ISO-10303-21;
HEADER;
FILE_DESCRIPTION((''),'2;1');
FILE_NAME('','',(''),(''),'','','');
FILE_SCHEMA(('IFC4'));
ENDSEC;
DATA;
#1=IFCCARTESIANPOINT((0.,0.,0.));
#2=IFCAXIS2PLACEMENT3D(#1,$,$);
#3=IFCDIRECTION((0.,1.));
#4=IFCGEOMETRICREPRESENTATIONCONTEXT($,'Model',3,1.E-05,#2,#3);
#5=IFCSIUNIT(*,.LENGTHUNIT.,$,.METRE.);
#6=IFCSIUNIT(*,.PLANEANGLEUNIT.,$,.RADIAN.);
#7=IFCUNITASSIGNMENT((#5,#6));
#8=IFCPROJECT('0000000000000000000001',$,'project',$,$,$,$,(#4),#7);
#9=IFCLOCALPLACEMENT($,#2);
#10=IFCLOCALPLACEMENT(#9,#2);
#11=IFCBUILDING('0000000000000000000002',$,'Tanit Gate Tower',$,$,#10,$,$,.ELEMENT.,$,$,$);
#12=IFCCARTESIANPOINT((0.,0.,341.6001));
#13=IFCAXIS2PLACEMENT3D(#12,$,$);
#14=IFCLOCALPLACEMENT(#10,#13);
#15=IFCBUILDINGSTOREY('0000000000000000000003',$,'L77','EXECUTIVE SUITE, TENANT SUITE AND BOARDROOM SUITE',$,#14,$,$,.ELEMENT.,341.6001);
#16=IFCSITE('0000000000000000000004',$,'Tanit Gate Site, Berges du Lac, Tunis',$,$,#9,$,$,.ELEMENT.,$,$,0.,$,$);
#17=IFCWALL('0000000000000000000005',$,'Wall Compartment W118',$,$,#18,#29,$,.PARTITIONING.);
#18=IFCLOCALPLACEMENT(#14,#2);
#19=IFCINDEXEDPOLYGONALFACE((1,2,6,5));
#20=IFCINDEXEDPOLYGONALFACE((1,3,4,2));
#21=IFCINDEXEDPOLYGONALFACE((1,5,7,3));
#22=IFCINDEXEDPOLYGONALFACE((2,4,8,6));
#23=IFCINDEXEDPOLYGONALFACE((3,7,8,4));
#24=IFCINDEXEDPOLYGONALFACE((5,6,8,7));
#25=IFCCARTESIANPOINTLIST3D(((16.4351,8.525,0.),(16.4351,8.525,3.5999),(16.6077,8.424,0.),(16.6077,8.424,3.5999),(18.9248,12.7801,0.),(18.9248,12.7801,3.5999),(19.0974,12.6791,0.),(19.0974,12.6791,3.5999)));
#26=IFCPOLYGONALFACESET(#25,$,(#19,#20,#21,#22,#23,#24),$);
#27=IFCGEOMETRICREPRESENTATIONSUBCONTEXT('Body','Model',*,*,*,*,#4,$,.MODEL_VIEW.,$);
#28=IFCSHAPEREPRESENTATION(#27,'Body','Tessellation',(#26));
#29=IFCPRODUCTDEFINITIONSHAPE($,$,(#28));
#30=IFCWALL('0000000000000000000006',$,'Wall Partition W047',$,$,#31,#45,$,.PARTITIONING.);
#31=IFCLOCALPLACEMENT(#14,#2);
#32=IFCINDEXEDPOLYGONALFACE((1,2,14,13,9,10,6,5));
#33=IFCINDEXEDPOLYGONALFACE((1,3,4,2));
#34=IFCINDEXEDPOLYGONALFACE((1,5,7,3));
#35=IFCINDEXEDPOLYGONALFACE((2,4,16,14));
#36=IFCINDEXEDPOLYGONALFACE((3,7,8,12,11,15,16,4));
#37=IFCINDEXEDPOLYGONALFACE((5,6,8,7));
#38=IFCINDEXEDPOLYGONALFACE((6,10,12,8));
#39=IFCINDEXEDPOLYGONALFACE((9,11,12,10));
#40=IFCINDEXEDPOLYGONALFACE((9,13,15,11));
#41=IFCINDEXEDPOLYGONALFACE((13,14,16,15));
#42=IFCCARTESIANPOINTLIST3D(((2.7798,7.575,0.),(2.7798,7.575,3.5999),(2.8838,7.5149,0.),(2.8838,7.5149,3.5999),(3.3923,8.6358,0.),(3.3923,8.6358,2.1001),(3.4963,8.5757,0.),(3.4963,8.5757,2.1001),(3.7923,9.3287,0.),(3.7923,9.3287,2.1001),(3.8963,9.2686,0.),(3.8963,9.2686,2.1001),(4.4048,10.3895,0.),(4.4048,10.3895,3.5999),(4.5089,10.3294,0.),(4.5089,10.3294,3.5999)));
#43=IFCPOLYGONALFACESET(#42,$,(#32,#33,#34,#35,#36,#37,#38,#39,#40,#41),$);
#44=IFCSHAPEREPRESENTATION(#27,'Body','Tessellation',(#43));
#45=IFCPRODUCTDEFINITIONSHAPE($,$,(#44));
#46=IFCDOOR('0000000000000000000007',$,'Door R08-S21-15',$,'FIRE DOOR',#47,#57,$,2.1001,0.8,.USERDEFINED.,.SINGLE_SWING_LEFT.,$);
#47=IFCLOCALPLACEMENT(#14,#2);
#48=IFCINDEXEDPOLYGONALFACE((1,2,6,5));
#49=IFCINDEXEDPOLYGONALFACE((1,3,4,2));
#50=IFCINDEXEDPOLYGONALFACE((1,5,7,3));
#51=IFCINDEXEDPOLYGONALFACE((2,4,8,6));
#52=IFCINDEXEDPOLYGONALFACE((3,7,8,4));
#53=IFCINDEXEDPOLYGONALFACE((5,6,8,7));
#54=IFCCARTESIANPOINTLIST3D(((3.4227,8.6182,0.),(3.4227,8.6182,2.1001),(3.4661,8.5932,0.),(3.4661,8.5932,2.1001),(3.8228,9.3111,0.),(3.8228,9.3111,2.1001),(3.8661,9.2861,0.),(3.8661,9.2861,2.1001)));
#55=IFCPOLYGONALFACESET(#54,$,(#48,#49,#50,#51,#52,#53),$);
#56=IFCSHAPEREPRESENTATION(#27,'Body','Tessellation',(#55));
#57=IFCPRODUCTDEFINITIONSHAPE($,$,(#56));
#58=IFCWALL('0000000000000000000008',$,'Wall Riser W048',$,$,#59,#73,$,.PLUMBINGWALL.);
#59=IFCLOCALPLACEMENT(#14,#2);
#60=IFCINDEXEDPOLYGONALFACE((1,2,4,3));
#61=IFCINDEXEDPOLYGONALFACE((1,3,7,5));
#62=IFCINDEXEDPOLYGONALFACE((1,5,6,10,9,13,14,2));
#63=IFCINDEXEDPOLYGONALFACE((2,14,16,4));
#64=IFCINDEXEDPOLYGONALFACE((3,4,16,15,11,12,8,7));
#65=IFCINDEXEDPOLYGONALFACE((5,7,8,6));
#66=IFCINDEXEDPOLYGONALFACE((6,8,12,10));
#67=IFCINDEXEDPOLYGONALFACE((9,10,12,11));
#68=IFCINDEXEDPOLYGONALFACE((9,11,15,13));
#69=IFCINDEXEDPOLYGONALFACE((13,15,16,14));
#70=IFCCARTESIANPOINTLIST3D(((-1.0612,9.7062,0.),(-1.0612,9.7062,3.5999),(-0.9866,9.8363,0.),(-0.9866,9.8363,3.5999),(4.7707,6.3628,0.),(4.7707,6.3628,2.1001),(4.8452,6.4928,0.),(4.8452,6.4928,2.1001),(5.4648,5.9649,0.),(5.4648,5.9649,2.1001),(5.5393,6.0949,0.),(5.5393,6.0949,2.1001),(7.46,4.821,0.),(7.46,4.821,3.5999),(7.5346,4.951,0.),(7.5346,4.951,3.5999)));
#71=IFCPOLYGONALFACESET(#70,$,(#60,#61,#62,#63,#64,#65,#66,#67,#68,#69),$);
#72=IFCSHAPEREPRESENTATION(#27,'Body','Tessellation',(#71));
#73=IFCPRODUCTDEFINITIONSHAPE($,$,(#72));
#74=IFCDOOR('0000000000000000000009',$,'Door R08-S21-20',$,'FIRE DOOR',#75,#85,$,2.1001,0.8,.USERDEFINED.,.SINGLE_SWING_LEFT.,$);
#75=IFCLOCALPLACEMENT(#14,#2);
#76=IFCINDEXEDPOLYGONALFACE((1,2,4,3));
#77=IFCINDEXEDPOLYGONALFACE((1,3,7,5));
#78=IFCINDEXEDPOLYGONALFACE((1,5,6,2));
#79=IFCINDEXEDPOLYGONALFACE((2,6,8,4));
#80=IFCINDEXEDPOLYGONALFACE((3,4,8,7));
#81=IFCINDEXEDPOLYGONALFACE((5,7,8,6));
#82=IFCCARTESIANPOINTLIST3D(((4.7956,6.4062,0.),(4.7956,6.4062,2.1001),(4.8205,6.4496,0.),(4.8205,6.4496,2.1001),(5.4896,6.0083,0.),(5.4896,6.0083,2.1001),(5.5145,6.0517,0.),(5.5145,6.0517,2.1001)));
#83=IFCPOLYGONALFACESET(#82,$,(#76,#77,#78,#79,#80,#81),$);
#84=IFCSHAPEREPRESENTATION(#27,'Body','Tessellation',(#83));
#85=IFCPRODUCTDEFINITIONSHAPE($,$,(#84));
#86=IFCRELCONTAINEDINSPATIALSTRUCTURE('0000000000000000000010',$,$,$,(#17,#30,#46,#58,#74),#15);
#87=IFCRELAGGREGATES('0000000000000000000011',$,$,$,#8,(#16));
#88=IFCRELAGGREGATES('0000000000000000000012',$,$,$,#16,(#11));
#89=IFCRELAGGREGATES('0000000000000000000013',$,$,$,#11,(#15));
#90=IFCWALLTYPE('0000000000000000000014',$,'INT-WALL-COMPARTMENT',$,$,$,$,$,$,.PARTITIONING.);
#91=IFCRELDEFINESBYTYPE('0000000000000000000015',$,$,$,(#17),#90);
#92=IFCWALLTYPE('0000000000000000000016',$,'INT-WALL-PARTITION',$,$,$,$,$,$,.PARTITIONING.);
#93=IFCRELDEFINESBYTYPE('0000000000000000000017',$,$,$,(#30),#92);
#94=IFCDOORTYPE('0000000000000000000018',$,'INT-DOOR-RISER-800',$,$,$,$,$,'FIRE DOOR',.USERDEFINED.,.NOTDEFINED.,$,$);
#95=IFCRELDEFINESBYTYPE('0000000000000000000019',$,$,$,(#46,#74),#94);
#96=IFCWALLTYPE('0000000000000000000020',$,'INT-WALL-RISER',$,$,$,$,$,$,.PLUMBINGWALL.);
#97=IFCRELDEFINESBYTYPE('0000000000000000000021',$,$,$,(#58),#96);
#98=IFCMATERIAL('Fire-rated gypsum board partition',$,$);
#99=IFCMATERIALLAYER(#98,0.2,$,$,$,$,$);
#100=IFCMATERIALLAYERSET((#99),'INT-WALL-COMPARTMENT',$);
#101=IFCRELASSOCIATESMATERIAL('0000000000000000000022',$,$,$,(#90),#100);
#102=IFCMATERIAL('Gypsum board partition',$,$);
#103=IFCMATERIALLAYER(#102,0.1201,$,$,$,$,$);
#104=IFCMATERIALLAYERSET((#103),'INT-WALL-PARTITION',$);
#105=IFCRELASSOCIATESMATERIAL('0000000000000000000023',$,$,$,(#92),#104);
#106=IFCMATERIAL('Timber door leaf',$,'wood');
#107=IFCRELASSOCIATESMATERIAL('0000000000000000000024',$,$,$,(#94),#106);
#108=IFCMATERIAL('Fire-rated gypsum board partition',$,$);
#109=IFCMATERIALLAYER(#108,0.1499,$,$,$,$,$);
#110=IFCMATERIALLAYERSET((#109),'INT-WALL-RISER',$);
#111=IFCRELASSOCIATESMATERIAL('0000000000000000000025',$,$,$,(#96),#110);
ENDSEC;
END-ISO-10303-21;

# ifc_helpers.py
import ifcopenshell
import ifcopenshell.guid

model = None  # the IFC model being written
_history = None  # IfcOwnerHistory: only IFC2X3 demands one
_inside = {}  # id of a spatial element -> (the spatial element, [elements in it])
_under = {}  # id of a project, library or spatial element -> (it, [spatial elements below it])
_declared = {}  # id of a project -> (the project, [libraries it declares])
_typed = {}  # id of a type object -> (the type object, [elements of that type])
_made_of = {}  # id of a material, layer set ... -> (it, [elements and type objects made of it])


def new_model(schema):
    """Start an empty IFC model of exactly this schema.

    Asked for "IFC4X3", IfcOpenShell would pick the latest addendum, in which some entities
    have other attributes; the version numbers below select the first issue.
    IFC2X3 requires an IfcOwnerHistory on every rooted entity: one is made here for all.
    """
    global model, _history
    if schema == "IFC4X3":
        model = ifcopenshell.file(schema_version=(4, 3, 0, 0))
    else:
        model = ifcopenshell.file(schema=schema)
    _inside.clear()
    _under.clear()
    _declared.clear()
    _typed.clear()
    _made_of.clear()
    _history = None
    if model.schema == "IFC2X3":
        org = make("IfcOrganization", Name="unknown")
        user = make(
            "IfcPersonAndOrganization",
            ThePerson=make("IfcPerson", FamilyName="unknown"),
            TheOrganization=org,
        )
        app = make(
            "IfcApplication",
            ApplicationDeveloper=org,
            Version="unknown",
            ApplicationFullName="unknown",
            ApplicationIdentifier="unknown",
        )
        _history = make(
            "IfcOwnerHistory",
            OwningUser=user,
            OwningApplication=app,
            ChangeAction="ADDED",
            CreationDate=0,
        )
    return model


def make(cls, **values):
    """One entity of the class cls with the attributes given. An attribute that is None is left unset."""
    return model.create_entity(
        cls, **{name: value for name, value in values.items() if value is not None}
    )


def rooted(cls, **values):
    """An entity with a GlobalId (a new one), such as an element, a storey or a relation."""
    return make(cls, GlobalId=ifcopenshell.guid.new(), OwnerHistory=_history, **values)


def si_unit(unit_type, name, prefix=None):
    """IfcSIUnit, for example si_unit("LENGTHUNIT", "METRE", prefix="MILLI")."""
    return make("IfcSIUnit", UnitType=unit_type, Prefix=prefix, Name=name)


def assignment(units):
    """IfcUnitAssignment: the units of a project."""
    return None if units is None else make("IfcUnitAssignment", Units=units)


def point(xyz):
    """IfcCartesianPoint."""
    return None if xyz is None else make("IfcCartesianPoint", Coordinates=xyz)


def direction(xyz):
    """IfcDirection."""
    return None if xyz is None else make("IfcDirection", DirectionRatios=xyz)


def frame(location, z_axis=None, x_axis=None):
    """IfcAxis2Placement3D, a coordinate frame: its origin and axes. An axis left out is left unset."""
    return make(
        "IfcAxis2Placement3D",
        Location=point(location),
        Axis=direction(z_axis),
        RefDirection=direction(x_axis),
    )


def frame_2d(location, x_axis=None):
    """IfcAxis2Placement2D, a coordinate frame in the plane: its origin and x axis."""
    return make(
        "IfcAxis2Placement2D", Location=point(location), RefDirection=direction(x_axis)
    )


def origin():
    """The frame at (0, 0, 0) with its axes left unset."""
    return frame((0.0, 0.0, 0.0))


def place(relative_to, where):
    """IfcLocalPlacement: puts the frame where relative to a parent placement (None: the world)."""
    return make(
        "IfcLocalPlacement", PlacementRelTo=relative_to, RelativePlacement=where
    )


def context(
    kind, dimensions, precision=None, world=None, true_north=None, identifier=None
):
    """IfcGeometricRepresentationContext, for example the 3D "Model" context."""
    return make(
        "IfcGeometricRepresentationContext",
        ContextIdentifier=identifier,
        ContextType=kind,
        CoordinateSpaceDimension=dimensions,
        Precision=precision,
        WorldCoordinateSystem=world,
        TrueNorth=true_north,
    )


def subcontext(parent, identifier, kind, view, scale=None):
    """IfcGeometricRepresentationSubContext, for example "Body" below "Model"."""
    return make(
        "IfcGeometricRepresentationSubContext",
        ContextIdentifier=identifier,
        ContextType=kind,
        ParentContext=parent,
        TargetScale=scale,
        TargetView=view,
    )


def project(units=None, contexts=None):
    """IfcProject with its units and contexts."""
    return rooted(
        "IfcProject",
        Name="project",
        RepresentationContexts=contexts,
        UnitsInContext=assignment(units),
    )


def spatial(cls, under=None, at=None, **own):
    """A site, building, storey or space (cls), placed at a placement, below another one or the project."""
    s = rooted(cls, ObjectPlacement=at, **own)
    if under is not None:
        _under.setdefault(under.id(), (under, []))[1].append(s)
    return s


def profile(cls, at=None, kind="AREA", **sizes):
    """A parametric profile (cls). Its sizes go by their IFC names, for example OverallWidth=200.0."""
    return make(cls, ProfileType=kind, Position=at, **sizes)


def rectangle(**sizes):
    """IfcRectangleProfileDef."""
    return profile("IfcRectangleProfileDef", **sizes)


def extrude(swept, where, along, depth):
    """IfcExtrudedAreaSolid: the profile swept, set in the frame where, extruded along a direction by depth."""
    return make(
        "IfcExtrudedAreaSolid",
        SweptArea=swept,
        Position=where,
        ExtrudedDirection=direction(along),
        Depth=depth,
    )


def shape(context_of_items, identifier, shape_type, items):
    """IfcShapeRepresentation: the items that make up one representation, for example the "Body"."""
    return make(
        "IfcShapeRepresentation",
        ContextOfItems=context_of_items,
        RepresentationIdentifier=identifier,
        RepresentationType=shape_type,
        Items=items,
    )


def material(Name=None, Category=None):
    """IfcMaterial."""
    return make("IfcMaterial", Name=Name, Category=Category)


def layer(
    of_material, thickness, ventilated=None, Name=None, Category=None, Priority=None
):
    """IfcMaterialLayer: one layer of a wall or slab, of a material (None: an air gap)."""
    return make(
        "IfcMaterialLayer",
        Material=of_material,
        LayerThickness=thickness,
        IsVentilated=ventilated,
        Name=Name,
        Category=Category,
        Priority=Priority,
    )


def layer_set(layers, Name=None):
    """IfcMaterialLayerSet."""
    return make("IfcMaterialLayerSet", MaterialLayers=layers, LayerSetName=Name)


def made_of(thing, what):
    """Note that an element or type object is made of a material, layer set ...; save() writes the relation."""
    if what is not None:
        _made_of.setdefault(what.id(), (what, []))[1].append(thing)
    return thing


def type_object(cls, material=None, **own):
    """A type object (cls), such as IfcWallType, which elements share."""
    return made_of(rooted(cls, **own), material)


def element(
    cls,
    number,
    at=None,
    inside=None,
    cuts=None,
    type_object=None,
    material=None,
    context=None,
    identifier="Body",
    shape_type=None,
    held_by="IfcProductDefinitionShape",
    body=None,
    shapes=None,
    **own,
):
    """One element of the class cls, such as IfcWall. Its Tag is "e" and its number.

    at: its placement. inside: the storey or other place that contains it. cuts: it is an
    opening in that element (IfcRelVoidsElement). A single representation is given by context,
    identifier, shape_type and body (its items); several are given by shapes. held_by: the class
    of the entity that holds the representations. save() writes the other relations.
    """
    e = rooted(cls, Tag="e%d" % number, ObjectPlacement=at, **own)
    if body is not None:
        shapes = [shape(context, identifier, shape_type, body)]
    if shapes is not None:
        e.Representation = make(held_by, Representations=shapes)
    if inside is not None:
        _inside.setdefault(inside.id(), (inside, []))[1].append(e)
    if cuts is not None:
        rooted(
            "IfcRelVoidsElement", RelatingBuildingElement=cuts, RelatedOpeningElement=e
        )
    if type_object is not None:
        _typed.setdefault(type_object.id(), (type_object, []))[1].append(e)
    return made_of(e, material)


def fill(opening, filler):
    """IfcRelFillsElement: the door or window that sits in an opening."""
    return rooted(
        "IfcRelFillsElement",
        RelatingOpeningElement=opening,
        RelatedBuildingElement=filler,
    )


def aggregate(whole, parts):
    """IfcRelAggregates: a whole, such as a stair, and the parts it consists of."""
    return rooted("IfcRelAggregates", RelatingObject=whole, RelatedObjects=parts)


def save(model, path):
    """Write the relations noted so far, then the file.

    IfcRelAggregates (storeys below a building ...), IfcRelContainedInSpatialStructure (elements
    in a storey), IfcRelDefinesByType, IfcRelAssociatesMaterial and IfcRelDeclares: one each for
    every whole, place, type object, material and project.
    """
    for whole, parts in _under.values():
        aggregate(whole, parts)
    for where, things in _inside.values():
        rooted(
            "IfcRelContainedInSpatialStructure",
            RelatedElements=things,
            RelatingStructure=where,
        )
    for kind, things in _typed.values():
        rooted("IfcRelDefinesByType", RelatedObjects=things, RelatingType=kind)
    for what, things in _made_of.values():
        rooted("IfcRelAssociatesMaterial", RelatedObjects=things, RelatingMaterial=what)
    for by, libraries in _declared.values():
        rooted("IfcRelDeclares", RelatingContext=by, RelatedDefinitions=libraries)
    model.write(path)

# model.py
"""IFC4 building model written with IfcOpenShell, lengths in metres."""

from ifc_helpers import new_model, si_unit, direction, frame, frame_2d, origin, place, context, subcontext, project, spatial, rectangle, extrude, material, layer, layer_set, type_object, element, fill, save


model = new_model("IFC4")

# Units and contexts
model_context = context("Model", 3, precision=1e-05, world=origin(), true_north=direction((0.0, 1.0)))
body_context = subcontext(model_context, "Body", "Model", "MODEL_VIEW")
ifc_project = project(units=[si_unit("LENGTHUNIT", "METRE"), si_unit("PLANEANGLEUNIT", "RADIAN")], contexts=[model_context])

# Site, building, storey
site_placement = place(None, origin())
site = spatial("IfcSite", under=ifc_project, at=site_placement, Name="Tanit Gate Site, Berges du Lac, Tunis", CompositionType="ELEMENT", RefElevation=0.0)
building_placement = place(site_placement, origin())
building = spatial("IfcBuilding", under=site, at=building_placement, Name="Tanit Gate Tower", CompositionType="ELEMENT")
storey_placement = place(building_placement, frame((0.0, 0.0, 341.6001)))
storey = spatial("IfcBuildingStorey", under=building, at=storey_placement, Name="L77", Description="EXECUTIVE SUITE, TENANT SUITE AND BOARDROOM SUITE", CompositionType="ELEMENT", Elevation=341.6001)

# Shared definitions
ifc_material_1 = material(Name="Fire-rated gypsum board partition")
ifc_layer_1 = layer(ifc_material_1, 0.2)
ifc_layer_set_1 = layer_set([ifc_layer_1], Name="INT-WALL-COMPARTMENT")
wall_type_1 = type_object("IfcWallType", Name="INT-WALL-COMPARTMENT", PredefinedType="PARTITIONING", material=ifc_layer_set_1)

# Wall
wall_1_placement = place(storey_placement, frame((16.5215, 8.4746, 0.0), z_axis=(0.0, 0.0, 1.0), x_axis=(0.505019, 0.863108, 0.0)))
element("IfcWall", 1, at=wall_1_placement, inside=storey, type_object=wall_type_1, Name="Wall Compartment W118", PredefinedType="PARTITIONING", context=body_context, shape_type="SweptSolid", body=[
    extrude(rectangle(XDim=4.9299, YDim=0.2, at=frame_2d((2.4648, 0.0))), origin(), (0.0, 0.0, 1.0), 3.5999),
])

# Walls, openings, doors
ifc_material_2 = material(Name="Gypsum board partition")
ifc_layer_2 = layer(ifc_material_2, 0.1201)
ifc_layer_set_2 = layer_set([ifc_layer_2], Name="INT-WALL-PARTITION")
wall_type_2 = type_object("IfcWallType", Name="INT-WALL-PARTITION", PredefinedType="PARTITIONING", material=ifc_layer_set_2)
wall_2_placement = place(storey_placement, frame((2.8318, 7.5449, 0.0), z_axis=(0.0, 0.0, 1.0), x_axis=(0.500017, 0.866015, 0.0)))
wall_2 = element("IfcWall", 2, at=wall_2_placement, inside=storey, type_object=wall_type_2, Name="Wall Partition W047", PredefinedType="PARTITIONING", context=body_context, shape_type="SweptSolid", body=[
    extrude(rectangle(XDim=3.25, YDim=0.1201, at=frame_2d((1.625, 0.0))), origin(), (0.0, 0.0, 1.0), 3.5999),
])
opening_1_placement = place(wall_2_placement, frame((1.2251, 0.0, 0.0)))
opening_1 = element("IfcOpeningElement", 3, at=opening_1_placement, cuts=wall_2, PredefinedType="OPENING", context=body_context, shape_type="SweptSolid", body=[
    extrude(rectangle(XDim=0.8, YDim=2.1001, at=frame_2d((0.3999, 1.05))), frame((0.0, 0.0701, 0.0), z_axis=(0.0, -1.0, 0.0), x_axis=(1.0, 0.0, 0.0)), (0.0, 0.0, 1.0), 0.1401),
])
ifc_material_3 = material(Name="Timber door leaf", Category="wood")
door_type_1 = type_object("IfcDoorType", Name="INT-DOOR-RISER-800", ElementType="FIRE DOOR", OperationType="NOTDEFINED", PredefinedType="USERDEFINED", material=ifc_material_3)
door_1_placement = place(opening_1_placement, origin())
door_1 = element("IfcDoor", 4, at=door_1_placement, inside=storey, type_object=door_type_1, Name="Door R08-S21-15", ObjectType="FIRE DOOR", OperationType="SINGLE_SWING_LEFT", OverallHeight=2.1001, OverallWidth=0.8, PredefinedType="USERDEFINED", context=body_context, shape_type="SweptSolid", body=[
    extrude(rectangle(XDim=0.8, YDim=2.1001, at=frame_2d((0.3999, 1.05))), frame((0.0, 0.0249, 0.0), z_axis=(0.0, -1.0, 0.0), x_axis=(1.0, 0.0, 0.0)), (0.0, 0.0, 1.0), 0.05),
])
fill(opening_1, door_1)
ifc_material_4 = material(Name="Fire-rated gypsum board partition")
ifc_layer_3 = layer(ifc_material_4, 0.1499)
ifc_layer_set_3 = layer_set([ifc_layer_3], Name="INT-WALL-RISER")
wall_type_3 = type_object("IfcWallType", Name="INT-WALL-RISER", PredefinedType="PLUMBINGWALL", material=ifc_layer_set_3)
wall_3_placement = place(storey_placement, frame((7.4973, 4.886, 0.0), z_axis=(0.0, 0.0, 1.0), x_axis=(-0.867542, 0.497364, 0.0)))
wall_3 = element("IfcWall", 5, at=wall_3_placement, inside=storey, type_object=wall_type_3, Name="Wall Riser W048", PredefinedType="PLUMBINGWALL", context=body_context, shape_type="SweptSolid", body=[
    extrude(rectangle(XDim=9.8223, YDim=0.1499, at=frame_2d((4.9111, 0.0))), origin(), (0.0, 0.0, 1.0), 3.5999),
])
opening_2_placement = place(wall_3_placement, frame((2.3, 0.0, 0.0)))
opening_2 = element("IfcOpeningElement", 6, at=opening_2_placement, cuts=wall_3, PredefinedType="OPENING", context=body_context, shape_type="SweptSolid", body=[
    extrude(rectangle(XDim=0.8, YDim=2.1001, at=frame_2d((0.3999, 1.05))), frame((0.0, 0.085, 0.0), z_axis=(0.0, -1.0, 0.0), x_axis=(1.0, 0.0, 0.0)), (0.0, 0.0, 1.0), 0.1699),
])
door_2_placement = place(opening_2_placement, origin())
door_2 = element("IfcDoor", 7, at=door_2_placement, inside=storey, type_object=door_type_1, Name="Door R08-S21-20", ObjectType="FIRE DOOR", OperationType="SINGLE_SWING_LEFT", OverallHeight=2.1001, OverallWidth=0.8, PredefinedType="USERDEFINED", context=body_context, shape_type="SweptSolid", body=[
    extrude(rectangle(XDim=0.8, YDim=2.1001, at=frame_2d((0.3999, 1.05))), frame((0.0, 0.0249, 0.0), z_axis=(0.0, -1.0, 0.0), x_axis=(1.0, 0.0, 0.0)), (0.0, 0.0, 1.0), 0.05),
])
fill(opening_2, door_2)

save(model, "model.ifc")
